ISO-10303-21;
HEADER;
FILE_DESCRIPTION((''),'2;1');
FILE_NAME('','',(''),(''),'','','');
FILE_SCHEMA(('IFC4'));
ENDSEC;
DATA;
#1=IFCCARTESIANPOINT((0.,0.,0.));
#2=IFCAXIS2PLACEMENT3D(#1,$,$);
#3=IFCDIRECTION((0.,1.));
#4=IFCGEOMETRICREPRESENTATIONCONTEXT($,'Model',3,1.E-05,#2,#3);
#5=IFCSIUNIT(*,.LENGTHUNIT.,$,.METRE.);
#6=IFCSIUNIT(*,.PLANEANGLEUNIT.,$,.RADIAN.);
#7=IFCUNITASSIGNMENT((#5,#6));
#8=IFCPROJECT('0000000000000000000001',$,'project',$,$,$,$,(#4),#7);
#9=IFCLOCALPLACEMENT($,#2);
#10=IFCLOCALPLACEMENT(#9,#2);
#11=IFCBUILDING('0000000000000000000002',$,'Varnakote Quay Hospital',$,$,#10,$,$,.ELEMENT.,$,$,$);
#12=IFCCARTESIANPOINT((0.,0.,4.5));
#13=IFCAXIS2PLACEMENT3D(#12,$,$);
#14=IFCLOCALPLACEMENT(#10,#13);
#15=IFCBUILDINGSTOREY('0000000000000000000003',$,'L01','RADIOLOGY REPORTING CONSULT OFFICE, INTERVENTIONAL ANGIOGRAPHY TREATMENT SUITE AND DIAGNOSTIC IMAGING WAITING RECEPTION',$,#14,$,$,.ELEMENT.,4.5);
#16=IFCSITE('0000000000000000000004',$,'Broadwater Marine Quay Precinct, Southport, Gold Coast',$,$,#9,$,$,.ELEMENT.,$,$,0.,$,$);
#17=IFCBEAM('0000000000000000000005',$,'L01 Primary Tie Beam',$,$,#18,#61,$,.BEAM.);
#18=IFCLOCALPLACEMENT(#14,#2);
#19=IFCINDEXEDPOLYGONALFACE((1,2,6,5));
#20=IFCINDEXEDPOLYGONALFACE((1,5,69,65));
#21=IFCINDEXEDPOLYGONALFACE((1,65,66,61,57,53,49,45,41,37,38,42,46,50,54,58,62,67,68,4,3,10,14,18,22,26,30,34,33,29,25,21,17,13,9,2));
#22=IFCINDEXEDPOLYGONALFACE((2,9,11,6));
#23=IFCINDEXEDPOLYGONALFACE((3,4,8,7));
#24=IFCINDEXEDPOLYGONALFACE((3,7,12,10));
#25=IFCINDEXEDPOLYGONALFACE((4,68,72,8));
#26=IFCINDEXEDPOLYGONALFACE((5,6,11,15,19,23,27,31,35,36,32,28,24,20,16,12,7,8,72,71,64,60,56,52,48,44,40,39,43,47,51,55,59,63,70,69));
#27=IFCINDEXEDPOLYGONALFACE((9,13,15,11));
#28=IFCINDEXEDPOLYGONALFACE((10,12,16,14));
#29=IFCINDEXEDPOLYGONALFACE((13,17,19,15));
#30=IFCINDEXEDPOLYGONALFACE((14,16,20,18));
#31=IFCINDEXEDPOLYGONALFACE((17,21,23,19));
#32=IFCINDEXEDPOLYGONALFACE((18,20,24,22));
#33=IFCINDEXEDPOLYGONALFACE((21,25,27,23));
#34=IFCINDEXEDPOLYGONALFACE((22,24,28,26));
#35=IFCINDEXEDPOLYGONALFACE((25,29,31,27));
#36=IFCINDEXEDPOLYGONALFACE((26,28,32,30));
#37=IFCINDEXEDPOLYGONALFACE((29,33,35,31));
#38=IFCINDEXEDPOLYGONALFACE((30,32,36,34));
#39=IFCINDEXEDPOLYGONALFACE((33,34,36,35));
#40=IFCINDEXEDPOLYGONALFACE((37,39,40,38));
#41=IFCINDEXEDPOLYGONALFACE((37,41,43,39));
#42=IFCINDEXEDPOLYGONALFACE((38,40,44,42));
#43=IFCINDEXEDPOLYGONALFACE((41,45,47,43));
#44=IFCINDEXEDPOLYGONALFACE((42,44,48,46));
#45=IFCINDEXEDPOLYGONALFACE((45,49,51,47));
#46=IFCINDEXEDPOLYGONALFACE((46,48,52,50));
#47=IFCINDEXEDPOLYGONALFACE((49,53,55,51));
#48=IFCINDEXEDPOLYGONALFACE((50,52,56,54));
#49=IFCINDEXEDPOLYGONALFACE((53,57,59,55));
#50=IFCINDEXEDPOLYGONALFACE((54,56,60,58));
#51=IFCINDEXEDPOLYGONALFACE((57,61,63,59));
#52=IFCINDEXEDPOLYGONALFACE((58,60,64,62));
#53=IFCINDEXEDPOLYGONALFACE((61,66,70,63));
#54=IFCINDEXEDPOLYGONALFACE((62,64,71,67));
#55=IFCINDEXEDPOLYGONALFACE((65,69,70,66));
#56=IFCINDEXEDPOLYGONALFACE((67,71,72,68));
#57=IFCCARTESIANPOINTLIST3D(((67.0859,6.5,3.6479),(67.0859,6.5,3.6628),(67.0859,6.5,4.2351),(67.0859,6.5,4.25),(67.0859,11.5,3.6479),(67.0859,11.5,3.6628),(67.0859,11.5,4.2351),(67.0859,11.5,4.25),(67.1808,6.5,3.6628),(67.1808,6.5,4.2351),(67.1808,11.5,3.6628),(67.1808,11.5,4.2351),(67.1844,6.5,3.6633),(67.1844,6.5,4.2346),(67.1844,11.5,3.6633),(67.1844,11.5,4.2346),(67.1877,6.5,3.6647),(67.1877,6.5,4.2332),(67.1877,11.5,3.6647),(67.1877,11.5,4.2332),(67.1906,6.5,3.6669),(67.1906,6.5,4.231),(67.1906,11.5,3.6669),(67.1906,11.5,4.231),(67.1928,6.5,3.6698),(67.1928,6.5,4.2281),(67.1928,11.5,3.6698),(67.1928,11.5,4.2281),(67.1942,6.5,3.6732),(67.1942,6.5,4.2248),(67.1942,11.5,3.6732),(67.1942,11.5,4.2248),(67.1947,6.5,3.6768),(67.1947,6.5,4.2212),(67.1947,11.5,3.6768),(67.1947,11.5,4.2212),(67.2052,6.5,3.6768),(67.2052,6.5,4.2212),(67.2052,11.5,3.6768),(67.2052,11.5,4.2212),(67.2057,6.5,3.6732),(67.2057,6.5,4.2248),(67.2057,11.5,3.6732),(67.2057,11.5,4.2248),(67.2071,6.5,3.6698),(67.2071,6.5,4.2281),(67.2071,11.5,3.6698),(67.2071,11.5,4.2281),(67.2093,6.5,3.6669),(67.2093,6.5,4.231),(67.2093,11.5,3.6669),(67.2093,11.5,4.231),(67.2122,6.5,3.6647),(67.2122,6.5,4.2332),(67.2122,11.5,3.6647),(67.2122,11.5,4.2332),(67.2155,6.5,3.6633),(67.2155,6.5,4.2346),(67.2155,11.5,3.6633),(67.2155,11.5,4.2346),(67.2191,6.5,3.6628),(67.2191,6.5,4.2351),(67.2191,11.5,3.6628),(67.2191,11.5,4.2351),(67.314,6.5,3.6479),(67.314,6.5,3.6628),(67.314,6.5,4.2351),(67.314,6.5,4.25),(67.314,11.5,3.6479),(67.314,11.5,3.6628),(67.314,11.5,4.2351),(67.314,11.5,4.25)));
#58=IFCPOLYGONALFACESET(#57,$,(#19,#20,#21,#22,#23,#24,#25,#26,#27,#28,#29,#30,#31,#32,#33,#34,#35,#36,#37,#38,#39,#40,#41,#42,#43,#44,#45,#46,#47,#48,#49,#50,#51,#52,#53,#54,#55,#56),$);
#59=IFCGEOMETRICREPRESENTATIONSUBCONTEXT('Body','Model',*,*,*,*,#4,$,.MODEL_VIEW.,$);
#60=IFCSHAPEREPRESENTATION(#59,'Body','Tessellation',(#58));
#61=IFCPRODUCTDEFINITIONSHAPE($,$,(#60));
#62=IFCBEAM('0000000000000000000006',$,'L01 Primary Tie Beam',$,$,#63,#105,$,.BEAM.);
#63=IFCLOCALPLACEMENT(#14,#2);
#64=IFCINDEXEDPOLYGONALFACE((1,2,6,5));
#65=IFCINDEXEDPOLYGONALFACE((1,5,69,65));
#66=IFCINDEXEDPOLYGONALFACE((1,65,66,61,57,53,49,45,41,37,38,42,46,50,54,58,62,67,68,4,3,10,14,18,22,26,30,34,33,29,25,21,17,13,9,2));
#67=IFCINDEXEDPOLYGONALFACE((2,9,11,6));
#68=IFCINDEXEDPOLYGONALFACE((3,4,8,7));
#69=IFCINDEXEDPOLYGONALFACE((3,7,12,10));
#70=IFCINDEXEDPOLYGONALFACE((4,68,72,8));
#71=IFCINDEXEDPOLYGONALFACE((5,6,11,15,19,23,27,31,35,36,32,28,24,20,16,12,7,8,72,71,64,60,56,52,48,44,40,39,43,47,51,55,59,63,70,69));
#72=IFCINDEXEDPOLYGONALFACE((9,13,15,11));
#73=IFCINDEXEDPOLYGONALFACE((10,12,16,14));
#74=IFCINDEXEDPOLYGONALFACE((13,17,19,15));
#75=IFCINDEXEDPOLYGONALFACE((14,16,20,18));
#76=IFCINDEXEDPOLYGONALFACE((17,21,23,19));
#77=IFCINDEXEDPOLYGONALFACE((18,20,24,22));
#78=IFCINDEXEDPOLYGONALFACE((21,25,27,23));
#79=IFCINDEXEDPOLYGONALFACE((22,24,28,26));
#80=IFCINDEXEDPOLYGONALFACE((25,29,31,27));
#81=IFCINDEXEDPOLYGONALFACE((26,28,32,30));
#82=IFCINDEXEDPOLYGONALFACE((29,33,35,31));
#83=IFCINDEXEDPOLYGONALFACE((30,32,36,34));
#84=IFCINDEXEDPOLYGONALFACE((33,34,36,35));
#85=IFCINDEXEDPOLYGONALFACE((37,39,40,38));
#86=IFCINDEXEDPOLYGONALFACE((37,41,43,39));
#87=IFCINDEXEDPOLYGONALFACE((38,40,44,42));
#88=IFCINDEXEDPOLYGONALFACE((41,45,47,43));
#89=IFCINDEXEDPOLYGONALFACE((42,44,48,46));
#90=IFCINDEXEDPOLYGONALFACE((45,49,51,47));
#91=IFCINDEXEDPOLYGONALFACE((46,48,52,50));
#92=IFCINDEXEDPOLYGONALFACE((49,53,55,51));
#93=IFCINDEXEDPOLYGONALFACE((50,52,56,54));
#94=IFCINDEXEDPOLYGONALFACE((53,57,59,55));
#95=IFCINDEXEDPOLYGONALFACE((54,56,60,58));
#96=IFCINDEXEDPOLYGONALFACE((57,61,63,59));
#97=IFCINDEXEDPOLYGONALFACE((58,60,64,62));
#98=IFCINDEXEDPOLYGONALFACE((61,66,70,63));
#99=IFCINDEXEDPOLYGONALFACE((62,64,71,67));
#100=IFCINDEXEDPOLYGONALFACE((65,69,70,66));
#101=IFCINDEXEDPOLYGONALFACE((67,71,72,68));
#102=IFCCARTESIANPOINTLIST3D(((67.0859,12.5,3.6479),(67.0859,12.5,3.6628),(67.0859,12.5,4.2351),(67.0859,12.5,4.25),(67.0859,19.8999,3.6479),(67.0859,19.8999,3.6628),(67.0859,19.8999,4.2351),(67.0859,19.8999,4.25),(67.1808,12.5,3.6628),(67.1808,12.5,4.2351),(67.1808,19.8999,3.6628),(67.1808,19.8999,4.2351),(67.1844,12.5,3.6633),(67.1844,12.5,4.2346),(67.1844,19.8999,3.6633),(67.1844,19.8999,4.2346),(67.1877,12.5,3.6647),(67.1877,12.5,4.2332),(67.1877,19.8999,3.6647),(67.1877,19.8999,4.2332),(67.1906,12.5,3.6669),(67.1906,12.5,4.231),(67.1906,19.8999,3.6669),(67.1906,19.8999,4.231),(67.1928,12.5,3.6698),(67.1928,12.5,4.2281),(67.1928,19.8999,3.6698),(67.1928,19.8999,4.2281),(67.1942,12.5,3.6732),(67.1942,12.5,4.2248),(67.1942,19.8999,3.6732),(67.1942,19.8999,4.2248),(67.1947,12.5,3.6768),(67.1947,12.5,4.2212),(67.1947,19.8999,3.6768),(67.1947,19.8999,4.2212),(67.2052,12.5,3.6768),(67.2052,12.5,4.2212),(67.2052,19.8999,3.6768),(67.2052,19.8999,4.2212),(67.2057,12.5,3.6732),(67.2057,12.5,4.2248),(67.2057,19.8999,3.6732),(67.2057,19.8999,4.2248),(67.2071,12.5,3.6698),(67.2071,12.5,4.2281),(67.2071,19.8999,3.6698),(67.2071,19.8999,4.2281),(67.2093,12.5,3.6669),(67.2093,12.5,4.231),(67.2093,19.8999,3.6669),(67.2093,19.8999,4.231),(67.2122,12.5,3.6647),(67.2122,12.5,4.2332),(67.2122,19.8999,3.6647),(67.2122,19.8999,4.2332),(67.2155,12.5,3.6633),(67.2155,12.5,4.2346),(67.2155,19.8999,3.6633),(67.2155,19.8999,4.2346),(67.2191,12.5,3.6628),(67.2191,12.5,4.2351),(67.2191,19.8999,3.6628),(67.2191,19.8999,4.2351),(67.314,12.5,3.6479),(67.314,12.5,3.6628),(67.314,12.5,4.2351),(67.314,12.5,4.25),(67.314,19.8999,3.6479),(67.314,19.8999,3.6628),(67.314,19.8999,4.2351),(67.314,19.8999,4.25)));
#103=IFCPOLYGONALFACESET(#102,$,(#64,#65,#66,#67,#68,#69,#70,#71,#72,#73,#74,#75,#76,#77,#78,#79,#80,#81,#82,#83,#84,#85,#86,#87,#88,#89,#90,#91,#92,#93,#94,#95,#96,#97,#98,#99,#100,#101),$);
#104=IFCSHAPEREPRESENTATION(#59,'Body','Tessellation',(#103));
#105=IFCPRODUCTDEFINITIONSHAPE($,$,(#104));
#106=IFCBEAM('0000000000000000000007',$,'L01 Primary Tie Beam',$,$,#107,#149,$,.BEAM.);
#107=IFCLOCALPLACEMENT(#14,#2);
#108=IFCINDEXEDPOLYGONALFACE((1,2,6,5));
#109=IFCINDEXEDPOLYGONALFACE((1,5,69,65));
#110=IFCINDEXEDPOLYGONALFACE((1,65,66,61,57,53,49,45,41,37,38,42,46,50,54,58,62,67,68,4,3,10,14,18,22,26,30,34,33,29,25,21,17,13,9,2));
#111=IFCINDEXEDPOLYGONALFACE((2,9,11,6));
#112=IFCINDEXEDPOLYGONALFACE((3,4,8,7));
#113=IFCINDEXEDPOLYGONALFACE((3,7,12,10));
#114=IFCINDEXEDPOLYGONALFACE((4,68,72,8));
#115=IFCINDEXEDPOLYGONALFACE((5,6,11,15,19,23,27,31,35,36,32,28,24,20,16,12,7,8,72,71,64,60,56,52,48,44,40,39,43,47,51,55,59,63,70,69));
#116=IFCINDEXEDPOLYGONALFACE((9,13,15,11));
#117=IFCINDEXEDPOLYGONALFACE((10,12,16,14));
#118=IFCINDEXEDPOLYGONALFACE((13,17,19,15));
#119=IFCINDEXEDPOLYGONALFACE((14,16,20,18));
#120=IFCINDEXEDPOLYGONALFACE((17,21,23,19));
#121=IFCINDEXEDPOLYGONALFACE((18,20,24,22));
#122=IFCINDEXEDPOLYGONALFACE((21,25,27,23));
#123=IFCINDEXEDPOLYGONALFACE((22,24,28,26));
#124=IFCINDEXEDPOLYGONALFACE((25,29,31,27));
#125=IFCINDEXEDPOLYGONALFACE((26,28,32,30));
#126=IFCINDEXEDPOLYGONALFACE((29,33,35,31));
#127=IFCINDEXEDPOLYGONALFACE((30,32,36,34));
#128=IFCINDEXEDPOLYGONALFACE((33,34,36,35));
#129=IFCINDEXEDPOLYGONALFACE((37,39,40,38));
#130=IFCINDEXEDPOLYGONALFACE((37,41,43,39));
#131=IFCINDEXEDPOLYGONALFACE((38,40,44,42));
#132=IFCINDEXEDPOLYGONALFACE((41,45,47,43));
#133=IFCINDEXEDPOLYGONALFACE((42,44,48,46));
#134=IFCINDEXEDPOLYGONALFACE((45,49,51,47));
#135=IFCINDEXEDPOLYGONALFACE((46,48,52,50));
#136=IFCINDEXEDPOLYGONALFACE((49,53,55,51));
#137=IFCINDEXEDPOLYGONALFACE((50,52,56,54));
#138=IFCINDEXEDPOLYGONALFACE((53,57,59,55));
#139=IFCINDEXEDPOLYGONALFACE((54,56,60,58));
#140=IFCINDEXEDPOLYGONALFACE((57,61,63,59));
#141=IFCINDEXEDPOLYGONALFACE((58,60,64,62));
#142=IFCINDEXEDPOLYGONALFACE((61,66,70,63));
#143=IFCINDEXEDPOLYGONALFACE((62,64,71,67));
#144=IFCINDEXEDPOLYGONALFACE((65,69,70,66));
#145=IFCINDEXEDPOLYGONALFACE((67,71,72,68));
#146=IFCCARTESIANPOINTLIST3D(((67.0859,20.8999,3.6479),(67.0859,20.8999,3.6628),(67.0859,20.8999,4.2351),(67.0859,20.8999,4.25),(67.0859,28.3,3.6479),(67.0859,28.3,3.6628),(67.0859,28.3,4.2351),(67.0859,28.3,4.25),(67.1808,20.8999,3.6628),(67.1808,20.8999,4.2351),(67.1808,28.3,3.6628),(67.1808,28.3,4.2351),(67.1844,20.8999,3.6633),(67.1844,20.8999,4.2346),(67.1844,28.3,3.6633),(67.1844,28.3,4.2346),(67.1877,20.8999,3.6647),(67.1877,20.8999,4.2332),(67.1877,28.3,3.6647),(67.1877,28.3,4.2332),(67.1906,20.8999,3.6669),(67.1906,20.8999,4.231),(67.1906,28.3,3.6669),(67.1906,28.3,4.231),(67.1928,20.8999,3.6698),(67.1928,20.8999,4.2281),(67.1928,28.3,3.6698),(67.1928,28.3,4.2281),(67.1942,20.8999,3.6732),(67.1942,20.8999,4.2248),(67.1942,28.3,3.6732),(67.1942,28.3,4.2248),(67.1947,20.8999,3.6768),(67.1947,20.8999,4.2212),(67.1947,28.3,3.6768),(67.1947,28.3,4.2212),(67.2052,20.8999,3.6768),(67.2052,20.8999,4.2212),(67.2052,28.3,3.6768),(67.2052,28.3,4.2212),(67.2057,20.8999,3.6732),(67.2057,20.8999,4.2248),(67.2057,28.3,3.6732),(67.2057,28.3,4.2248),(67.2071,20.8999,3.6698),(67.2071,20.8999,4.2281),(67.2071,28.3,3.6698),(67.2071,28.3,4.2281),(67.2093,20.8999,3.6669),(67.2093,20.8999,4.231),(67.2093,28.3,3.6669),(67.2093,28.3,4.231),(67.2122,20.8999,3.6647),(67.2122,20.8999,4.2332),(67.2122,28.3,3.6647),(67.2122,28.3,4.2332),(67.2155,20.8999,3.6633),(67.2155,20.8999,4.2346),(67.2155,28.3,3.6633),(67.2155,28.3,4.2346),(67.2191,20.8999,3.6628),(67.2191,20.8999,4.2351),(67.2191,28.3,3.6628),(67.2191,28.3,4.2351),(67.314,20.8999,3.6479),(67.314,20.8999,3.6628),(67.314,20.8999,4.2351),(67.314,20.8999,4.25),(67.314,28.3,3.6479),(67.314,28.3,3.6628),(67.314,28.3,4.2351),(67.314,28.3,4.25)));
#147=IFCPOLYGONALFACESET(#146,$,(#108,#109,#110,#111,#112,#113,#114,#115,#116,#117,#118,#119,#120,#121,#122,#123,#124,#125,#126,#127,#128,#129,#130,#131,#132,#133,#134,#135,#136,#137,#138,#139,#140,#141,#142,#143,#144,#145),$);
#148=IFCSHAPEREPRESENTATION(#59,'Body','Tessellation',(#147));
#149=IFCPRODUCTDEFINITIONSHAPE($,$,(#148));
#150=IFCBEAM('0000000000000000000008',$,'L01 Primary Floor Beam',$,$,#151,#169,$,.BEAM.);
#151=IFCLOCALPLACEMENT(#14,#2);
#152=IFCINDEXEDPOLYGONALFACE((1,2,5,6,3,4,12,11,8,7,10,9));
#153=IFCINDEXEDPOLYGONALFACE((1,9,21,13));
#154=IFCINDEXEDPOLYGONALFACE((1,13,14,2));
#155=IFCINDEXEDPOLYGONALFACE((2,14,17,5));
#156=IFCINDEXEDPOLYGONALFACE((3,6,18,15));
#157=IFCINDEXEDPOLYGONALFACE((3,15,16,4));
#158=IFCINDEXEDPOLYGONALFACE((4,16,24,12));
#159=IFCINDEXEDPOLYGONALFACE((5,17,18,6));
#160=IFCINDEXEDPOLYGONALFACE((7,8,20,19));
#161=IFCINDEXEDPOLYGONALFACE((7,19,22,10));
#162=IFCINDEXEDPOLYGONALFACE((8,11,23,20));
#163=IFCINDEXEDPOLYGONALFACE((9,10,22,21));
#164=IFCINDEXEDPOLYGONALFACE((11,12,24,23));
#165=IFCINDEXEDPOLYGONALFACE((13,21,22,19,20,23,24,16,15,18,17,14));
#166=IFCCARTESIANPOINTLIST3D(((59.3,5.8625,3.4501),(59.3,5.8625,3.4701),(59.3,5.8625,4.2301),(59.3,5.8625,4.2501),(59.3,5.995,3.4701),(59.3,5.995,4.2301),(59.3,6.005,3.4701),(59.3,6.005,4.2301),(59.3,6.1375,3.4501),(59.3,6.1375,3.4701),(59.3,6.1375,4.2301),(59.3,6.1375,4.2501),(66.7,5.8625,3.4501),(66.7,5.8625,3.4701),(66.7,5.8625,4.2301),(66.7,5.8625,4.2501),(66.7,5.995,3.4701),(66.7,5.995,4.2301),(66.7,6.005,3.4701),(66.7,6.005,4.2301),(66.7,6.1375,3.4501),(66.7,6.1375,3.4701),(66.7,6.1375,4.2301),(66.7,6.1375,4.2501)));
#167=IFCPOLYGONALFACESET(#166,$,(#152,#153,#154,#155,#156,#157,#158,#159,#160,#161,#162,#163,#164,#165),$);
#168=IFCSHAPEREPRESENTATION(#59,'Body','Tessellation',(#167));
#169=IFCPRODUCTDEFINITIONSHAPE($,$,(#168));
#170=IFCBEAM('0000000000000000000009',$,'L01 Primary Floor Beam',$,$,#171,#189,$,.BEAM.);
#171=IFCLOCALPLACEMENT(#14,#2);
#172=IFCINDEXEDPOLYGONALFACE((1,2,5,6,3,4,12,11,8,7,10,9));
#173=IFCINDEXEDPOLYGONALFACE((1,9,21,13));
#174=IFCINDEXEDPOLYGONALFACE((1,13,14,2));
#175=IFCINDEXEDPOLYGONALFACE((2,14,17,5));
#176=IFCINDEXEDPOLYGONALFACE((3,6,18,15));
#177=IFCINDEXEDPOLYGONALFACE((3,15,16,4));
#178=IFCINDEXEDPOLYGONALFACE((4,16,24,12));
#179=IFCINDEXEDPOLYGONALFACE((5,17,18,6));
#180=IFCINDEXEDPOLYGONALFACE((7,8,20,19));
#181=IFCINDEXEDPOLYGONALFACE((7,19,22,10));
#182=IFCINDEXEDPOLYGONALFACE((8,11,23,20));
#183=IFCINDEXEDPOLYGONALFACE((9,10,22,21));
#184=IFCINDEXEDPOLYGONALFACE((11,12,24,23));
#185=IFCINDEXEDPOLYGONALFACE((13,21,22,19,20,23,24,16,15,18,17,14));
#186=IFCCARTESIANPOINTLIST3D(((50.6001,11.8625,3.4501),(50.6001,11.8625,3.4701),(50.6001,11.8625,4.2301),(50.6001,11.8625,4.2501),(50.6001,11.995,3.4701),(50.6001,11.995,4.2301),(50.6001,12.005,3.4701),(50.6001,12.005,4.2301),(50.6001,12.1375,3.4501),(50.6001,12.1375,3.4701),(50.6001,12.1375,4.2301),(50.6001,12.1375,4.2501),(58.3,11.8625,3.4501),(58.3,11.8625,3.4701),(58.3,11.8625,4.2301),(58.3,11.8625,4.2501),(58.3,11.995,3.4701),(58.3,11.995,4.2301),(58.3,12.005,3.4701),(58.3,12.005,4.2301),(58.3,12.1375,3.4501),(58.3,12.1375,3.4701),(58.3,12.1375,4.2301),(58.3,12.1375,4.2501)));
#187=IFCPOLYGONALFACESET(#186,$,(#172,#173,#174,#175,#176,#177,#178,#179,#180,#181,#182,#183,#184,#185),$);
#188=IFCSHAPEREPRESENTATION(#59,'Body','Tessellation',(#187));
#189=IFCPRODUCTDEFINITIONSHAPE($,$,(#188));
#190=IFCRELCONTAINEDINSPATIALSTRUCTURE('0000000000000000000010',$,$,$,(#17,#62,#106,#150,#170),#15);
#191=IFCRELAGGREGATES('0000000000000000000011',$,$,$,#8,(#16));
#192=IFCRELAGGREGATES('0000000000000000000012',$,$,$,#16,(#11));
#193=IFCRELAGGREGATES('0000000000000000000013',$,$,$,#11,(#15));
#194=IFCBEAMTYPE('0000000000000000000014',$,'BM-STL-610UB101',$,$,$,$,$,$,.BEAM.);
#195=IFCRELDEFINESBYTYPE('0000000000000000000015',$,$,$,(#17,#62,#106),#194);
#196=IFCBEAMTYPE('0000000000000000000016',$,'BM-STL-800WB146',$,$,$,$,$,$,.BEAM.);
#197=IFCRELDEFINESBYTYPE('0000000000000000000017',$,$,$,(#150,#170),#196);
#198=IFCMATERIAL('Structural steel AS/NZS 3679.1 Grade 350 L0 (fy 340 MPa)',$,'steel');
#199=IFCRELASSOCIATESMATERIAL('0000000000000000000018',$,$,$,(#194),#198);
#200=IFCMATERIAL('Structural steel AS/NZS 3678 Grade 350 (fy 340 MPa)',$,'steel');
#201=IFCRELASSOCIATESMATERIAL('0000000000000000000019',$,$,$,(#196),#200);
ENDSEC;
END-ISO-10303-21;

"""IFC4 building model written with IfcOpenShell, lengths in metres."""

from ifc_helpers import new_model, si_unit, direction, frame, origin, origin_2d, place, context, subcontext, project, spatial, i_section, extrude, material, material_profile, profile_set, type_object, element, save


model = new_model("IFC4")

# Units and contexts
model_context = context("Model", 3, precision=1e-05, world=origin(), true_north=direction((0.0, 1.0)))
body_context = subcontext(model_context, "Body", "Model", "MODEL_VIEW")
ifc_project = project(units=[si_unit("LENGTHUNIT", "METRE"), si_unit("PLANEANGLEUNIT", "RADIAN")], contexts=[model_context])

# Site, building, storey
site_placement = place(None, origin())
site = spatial("IfcSite", under=ifc_project, at=site_placement, Name="Broadwater Marine Quay Precinct, Southport, Gold Coast", CompositionType="ELEMENT", RefElevation=0.0)
building_placement = place(site_placement, origin())
building = spatial("IfcBuilding", under=site, at=building_placement, Name="Varnakote Quay Hospital", CompositionType="ELEMENT")
storey_placement = place(building_placement, frame((0.0, 0.0, 4.5)))
storey = spatial("IfcBuildingStorey", under=building, at=storey_placement, Name="L01", Description="RADIOLOGY REPORTING CONSULT OFFICE, INTERVENTIONAL ANGIOGRAPHY TREATMENT SUITE AND DIAGNOSTIC IMAGING WAITING RECEPTION", CompositionType="ELEMENT", Elevation=4.5)

# Beams
ifc_material_1 = material(Name="Structural steel AS/NZS 3679.1 Grade 350 L0 (fy 340 MPa)", Category="steel")
ifc_material_profile_1 = material_profile(ifc_material_1, i_section(OverallWidth=0.228, OverallDepth=0.6021, WebThickness=0.0105, FlangeThickness=0.0149, FilletRadius=0.0139, at=origin_2d()), Name="610UB101")
ifc_profile_set_1 = profile_set([ifc_material_profile_1], Name="Structural steel AS/NZS 3679.1 Grade 350 L0 (fy 340 MPa)")
beam_type_1 = type_object("IfcBeamType", Name="BM-STL-610UB101", PredefinedType="BEAM", material=ifc_profile_set_1)
beam_1_placement = place(storey_placement, frame((67.2, 6.5, 3.949), z_axis=(0.0, 1.0, 0.0), x_axis=(-1.0, 0.0, 0.0)))
element("IfcBeam", 1, at=beam_1_placement, inside=storey, type_object=beam_type_1, Name="L01 Primary Tie Beam", PredefinedType="BEAM", context=body_context, shape_type="SweptSolid", body=[
    extrude(i_section(OverallWidth=0.228, OverallDepth=0.6021, WebThickness=0.0105, FlangeThickness=0.0149, FilletRadius=0.0139, at=origin_2d()), origin(), (0.0, 0.0, 1.0), 5.0),
])
beam_2_placement = place(storey_placement, frame((67.2, 12.5, 3.949), z_axis=(0.0, 1.0, 0.0), x_axis=(-1.0, 0.0, 0.0)))
element("IfcBeam", 2, at=beam_2_placement, inside=storey, type_object=beam_type_1, Name="L01 Primary Tie Beam", PredefinedType="BEAM", context=body_context, shape_type="SweptSolid", body=[
    extrude(i_section(OverallWidth=0.228, OverallDepth=0.6021, WebThickness=0.0105, FlangeThickness=0.0149, FilletRadius=0.0139, at=origin_2d()), origin(), (0.0, 0.0, 1.0), 7.3999),
])
beam_3_placement = place(storey_placement, frame((67.2, 20.8999, 3.949), z_axis=(0.0, 1.0, 0.0), x_axis=(-1.0, 0.0, 0.0)))
element("IfcBeam", 3, at=beam_3_placement, inside=storey, type_object=beam_type_1, Name="L01 Primary Tie Beam", PredefinedType="BEAM", context=body_context, shape_type="SweptSolid", body=[
    extrude(i_section(OverallWidth=0.228, OverallDepth=0.6021, WebThickness=0.0105, FlangeThickness=0.0149, FilletRadius=0.0139, at=origin_2d()), origin(), (0.0, 0.0, 1.0), 7.4001),
])
ifc_material_2 = material(Name="Structural steel AS/NZS 3678 Grade 350 (fy 340 MPa)", Category="steel")
ifc_material_profile_2 = material_profile(ifc_material_2, i_section(OverallWidth=0.2749, OverallDepth=0.8, WebThickness=0.01, FlangeThickness=0.02, at=origin_2d()), Name="800WB146")
ifc_profile_set_2 = profile_set([ifc_material_profile_2], Name="Structural steel AS/NZS 3678 Grade 350 (fy 340 MPa)")
beam_type_2 = type_object("IfcBeamType", Name="BM-STL-800WB146", PredefinedType="BEAM", material=ifc_profile_set_2)
beam_4_placement = place(storey_placement, frame((59.3, 6.0, 3.8501), z_axis=(1.0, 0.0, 0.0), x_axis=(0.0, 1.0, 0.0)))
element("IfcBeam", 4, at=beam_4_placement, inside=storey, type_object=beam_type_2, Name="L01 Primary Floor Beam", PredefinedType="BEAM", context=body_context, shape_type="SweptSolid", body=[
    extrude(i_section(OverallWidth=0.2749, OverallDepth=0.8, WebThickness=0.01, FlangeThickness=0.02, at=origin_2d()), origin(), (0.0, 0.0, 1.0), 7.3999),
])
beam_5_placement = place(storey_placement, frame((50.6001, 12.0, 3.8501), z_axis=(1.0, 0.0, 0.0), x_axis=(0.0, 1.0, 0.0)))
element("IfcBeam", 5, at=beam_5_placement, inside=storey, type_object=beam_type_2, Name="L01 Primary Floor Beam", PredefinedType="BEAM", context=body_context, shape_type="SweptSolid", body=[
    extrude(i_section(OverallWidth=0.2749, OverallDepth=0.8, WebThickness=0.01, FlangeThickness=0.02, at=origin_2d()), origin(), (0.0, 0.0, 1.0), 7.7),
])

save(model, "model.ifc")
